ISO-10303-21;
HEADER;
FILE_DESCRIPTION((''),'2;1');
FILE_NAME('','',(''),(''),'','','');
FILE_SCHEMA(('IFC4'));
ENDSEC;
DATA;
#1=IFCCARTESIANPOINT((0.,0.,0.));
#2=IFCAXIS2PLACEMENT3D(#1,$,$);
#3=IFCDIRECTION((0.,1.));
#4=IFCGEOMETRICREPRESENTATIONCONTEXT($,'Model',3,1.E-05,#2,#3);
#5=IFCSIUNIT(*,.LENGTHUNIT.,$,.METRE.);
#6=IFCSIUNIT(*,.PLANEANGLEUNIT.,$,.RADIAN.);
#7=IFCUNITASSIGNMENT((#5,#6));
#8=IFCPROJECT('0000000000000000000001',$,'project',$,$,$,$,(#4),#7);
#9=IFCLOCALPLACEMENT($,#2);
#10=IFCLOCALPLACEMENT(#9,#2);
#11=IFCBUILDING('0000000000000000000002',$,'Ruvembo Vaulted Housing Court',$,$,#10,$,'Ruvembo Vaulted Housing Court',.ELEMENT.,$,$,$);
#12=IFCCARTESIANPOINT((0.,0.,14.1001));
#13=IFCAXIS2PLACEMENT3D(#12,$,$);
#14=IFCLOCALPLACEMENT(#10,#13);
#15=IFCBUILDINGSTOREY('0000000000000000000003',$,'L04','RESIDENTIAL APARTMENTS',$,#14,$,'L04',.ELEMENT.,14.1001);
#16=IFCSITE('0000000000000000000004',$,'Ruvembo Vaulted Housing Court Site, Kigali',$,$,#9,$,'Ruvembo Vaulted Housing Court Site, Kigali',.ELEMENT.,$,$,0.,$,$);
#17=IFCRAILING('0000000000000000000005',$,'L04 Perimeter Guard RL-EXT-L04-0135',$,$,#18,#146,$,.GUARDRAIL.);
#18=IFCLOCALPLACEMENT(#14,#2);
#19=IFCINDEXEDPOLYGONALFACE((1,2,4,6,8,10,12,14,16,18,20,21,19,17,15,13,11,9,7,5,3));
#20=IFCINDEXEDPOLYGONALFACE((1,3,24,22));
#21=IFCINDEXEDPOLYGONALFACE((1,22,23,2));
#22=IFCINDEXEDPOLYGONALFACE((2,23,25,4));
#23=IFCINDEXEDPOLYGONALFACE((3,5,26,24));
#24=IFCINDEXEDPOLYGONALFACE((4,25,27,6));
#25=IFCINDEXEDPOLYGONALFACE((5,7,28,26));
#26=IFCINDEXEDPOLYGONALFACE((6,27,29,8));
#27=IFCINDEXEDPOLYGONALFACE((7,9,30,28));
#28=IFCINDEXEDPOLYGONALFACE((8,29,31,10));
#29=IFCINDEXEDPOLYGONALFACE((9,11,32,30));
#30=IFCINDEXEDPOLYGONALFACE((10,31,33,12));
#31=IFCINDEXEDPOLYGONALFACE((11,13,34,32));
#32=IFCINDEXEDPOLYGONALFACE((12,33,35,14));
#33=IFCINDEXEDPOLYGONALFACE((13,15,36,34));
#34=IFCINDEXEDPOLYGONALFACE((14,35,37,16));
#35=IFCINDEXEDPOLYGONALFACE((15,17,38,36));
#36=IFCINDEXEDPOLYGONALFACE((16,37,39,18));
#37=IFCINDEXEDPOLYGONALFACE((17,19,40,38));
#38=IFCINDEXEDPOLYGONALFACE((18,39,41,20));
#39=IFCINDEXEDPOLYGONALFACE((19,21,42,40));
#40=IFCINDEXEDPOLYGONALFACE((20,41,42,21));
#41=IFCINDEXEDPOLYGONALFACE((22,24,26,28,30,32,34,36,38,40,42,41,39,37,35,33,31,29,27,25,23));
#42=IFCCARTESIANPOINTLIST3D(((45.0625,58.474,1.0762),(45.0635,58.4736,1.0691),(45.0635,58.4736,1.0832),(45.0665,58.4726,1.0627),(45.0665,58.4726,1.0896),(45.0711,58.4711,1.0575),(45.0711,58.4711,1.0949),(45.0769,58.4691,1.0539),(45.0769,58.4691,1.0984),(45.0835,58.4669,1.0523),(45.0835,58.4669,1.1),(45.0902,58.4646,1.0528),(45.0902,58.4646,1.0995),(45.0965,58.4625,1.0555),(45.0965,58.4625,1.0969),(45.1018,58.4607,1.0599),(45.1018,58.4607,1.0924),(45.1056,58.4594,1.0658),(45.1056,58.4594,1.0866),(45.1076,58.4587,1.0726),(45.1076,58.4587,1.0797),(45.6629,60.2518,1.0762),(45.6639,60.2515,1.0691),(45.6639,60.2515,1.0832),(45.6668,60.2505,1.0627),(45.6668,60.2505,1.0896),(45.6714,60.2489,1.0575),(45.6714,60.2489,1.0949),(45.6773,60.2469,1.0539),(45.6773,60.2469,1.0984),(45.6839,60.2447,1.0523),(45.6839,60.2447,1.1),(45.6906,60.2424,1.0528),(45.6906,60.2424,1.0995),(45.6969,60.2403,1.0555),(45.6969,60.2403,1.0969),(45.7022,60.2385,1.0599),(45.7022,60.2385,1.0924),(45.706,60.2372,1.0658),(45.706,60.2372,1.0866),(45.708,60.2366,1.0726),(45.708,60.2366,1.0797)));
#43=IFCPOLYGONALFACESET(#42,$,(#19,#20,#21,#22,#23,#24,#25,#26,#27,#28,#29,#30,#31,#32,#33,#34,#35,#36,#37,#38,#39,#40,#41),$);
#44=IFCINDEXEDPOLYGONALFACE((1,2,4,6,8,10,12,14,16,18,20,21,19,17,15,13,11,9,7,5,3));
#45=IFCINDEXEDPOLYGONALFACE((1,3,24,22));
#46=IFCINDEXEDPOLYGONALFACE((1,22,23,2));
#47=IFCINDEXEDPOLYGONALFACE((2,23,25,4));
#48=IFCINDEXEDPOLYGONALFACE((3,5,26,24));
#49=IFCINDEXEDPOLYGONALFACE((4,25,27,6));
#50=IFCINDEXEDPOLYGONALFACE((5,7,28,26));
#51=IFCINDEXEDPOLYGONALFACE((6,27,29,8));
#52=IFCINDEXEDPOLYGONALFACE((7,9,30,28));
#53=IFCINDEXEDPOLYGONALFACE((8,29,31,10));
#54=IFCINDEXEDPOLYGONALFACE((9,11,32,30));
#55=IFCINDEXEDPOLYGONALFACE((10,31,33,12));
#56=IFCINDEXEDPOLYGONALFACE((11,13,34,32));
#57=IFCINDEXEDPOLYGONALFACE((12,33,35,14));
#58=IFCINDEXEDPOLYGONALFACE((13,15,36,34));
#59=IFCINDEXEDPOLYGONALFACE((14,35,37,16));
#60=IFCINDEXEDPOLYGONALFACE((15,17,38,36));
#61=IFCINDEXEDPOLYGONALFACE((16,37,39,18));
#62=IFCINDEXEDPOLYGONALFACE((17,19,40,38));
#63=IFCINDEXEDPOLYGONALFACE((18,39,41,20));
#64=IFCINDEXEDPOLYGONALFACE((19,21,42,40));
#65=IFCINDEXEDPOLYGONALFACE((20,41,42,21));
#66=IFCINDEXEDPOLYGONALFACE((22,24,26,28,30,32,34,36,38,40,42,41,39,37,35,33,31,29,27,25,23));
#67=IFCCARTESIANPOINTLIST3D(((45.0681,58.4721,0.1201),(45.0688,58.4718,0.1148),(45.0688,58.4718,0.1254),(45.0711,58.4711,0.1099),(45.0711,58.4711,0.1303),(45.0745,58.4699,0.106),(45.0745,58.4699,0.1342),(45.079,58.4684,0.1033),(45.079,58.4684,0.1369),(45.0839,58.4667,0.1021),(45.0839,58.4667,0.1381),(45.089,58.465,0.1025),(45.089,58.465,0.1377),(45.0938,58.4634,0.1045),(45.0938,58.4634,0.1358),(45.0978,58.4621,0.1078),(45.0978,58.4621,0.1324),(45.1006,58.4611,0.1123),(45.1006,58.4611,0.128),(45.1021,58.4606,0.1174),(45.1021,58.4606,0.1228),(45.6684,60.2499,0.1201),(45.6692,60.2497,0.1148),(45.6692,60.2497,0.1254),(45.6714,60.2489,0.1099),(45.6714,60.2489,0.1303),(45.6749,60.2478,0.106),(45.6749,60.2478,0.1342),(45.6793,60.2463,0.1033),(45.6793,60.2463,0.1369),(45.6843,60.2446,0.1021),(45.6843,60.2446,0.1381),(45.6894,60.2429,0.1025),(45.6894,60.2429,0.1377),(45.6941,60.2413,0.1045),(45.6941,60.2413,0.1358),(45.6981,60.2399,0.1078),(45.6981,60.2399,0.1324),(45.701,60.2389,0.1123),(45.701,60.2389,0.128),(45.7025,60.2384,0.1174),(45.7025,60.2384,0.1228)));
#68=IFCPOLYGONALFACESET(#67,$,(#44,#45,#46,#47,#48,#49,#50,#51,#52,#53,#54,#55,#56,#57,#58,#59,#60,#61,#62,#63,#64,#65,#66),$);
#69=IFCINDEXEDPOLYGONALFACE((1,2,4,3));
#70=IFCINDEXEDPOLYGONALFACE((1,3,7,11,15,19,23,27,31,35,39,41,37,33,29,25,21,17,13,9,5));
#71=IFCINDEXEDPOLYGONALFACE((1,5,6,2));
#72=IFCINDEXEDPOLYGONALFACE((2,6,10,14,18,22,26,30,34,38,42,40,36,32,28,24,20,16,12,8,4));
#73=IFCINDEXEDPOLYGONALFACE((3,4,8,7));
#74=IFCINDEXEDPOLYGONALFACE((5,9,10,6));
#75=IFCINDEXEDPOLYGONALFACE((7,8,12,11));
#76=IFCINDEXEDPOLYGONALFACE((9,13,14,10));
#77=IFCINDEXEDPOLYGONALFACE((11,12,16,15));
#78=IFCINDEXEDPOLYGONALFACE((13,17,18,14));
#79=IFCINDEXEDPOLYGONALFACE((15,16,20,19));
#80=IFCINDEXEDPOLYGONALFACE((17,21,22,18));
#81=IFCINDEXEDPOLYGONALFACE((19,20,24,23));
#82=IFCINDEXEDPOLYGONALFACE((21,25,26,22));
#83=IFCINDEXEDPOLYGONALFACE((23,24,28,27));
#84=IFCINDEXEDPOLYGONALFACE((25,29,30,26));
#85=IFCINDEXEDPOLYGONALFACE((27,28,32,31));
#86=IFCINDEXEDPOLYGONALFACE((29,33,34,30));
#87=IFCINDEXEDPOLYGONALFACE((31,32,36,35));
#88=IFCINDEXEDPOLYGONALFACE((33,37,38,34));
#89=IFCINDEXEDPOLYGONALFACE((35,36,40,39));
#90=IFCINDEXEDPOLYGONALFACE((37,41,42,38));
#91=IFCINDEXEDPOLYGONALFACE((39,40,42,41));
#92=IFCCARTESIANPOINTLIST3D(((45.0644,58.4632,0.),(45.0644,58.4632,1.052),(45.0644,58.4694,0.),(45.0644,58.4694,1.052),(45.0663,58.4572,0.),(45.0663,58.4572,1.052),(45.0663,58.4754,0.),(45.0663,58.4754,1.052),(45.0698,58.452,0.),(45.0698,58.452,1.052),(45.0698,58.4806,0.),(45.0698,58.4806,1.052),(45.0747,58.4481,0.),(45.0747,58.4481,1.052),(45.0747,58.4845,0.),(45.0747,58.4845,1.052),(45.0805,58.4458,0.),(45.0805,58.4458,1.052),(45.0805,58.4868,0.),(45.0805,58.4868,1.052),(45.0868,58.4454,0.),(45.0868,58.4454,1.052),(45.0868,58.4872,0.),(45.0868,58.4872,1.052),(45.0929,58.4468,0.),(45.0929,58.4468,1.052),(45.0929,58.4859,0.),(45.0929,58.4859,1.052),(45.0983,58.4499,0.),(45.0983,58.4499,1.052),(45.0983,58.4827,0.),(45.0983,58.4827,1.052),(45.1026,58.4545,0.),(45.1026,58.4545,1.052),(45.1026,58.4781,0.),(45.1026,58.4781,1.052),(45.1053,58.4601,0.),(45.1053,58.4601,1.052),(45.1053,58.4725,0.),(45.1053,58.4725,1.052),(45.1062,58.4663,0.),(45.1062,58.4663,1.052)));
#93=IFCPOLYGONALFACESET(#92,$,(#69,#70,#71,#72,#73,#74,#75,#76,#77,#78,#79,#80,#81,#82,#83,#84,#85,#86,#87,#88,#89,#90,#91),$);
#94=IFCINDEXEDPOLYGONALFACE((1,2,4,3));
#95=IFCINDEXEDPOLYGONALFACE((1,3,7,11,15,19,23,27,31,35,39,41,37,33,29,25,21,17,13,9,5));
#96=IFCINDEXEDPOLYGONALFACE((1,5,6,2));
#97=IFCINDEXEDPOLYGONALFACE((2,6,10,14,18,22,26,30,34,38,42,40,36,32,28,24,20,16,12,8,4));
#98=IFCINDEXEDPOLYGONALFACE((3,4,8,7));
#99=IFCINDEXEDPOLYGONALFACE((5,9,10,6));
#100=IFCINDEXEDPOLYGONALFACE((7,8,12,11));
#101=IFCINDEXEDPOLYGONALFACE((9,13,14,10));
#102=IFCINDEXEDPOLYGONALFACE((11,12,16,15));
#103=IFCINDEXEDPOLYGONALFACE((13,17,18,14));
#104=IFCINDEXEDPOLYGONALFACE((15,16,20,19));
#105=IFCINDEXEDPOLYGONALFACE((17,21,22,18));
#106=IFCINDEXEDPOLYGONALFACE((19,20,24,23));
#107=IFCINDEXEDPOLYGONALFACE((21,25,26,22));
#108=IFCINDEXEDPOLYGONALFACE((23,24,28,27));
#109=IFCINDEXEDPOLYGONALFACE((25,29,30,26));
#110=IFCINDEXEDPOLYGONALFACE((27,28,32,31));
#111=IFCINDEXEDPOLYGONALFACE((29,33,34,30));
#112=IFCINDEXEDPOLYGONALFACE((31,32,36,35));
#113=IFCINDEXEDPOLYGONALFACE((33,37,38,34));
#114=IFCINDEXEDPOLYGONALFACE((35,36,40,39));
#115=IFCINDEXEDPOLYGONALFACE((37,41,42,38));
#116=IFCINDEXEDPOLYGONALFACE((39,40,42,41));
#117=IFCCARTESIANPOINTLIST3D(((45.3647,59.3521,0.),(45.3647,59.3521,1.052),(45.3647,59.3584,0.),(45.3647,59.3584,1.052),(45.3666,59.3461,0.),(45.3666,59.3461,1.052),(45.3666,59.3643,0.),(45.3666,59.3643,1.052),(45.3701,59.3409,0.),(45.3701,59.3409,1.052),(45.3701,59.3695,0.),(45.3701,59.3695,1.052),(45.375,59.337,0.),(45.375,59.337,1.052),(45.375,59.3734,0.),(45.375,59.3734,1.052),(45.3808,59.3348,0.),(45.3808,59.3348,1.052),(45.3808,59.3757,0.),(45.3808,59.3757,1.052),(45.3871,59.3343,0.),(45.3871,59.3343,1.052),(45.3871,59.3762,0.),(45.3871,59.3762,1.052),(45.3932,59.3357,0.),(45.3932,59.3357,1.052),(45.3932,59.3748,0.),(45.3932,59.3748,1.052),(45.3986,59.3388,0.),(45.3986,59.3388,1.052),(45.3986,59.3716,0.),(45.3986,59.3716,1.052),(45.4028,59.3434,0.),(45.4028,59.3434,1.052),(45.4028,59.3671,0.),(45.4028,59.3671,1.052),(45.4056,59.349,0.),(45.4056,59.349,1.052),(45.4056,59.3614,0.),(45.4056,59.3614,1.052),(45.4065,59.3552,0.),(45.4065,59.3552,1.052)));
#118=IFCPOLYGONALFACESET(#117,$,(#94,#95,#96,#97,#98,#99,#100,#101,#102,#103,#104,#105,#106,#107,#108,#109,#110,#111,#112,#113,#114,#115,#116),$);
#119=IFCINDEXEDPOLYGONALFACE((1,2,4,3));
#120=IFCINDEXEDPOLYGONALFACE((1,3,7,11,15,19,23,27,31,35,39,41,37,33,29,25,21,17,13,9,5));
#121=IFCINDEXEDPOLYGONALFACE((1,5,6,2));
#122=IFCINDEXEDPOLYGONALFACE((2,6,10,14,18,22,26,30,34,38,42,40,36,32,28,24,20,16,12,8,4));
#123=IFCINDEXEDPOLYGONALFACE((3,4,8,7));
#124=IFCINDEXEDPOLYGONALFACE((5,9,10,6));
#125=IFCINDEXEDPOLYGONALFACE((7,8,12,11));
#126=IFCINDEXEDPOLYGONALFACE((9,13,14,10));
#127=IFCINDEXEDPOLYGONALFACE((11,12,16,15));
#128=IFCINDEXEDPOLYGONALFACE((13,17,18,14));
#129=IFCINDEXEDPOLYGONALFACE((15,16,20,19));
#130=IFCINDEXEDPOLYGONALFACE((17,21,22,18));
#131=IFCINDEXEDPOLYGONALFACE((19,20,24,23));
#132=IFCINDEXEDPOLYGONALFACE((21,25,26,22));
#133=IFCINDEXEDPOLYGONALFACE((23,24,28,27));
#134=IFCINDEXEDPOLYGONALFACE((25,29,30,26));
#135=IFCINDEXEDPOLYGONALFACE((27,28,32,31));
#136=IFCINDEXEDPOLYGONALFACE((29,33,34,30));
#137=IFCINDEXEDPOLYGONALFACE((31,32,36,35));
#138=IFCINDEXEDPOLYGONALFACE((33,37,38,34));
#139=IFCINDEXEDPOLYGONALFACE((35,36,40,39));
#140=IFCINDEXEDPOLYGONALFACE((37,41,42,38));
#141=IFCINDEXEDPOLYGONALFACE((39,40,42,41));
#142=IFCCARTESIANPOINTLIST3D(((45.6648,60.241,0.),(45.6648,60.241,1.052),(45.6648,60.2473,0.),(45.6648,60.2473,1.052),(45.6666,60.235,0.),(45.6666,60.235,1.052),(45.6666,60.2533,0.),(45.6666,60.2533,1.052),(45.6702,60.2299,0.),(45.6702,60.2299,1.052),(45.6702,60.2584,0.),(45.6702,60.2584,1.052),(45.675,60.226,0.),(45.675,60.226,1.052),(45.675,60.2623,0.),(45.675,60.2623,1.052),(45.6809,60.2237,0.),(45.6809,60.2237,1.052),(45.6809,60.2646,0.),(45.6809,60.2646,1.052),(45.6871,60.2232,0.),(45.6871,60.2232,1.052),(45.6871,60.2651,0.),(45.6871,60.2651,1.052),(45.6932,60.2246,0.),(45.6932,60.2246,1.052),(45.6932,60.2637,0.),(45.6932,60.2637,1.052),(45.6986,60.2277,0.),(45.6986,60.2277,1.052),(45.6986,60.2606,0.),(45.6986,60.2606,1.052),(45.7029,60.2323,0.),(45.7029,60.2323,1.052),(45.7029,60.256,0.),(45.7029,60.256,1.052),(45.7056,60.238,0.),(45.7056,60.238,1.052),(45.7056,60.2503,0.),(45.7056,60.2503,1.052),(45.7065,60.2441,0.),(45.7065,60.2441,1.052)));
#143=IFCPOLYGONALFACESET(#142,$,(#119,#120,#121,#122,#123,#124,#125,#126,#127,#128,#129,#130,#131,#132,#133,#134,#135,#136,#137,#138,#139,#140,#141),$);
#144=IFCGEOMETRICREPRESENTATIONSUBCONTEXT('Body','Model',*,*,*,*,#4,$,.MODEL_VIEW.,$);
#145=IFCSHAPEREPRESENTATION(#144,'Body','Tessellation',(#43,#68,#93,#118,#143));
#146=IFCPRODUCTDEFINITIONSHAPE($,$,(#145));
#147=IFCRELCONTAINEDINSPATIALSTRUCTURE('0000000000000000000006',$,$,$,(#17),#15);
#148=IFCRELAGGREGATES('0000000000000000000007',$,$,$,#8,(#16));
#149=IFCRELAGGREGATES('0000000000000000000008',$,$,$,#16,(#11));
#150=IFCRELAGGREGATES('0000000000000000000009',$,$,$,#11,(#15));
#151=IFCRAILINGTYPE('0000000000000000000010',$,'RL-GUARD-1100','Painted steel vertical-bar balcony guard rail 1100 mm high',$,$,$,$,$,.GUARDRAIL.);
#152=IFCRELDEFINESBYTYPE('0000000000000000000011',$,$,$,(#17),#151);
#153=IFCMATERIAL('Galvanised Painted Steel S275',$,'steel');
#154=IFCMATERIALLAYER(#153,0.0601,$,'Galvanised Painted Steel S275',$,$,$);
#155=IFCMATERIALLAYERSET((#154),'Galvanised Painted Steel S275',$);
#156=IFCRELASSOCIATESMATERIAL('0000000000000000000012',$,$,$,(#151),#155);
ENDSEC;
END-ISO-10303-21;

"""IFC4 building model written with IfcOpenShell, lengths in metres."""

from ifc_helpers import new_model, si_unit, direction, frame, origin, origin_2d, place, context, subcontext, project, spatial, circle, extrude, material, layer, layer_set, type_object, element, save


model = new_model("IFC4")

# Units and contexts
model_context = context("Model", 3, precision=1e-05, world=origin(), true_north=direction((0.0, 1.0)))
body_context = subcontext(model_context, "Body", "Model", "MODEL_VIEW")
ifc_project = project(units=[si_unit("LENGTHUNIT", "METRE"), si_unit("PLANEANGLEUNIT", "RADIAN")], contexts=[model_context])

# Site, building, storey
site_placement = place(None, origin())
site = spatial("IfcSite", under=ifc_project, at=site_placement, Name="Ruvembo Vaulted Housing Court Site, Kigali", LongName="Ruvembo Vaulted Housing Court Site, Kigali", CompositionType="ELEMENT", RefElevation=0.0)
building_placement = place(site_placement, origin())
building = spatial("IfcBuilding", under=site, at=building_placement, Name="Ruvembo Vaulted Housing Court", LongName="Ruvembo Vaulted Housing Court", CompositionType="ELEMENT")
storey_placement = place(building_placement, frame((0.0, 0.0, 14.1001)))
storey = spatial("IfcBuildingStorey", under=building, at=storey_placement, Name="L04", Description="RESIDENTIAL APARTMENTS", LongName="L04", CompositionType="ELEMENT", Elevation=14.1001)

# Railing
ifc_material_1 = material(Name="Galvanised Painted Steel S275", Category="steel")
ifc_layer_1 = layer(ifc_material_1, 0.0601, Name="Galvanised Painted Steel S275")
ifc_layer_set_1 = layer_set([ifc_layer_1], Name="Galvanised Painted Steel S275")
railing_type = type_object("IfcRailingType", Name="RL-GUARD-1100", Description="Painted steel vertical-bar balcony guard rail 1100 mm high", PredefinedType="GUARDRAIL", material=ifc_layer_set_1)
railing_1_placement = place(storey_placement, frame((45.0852, 58.4663, 0.0)))
element("IfcRailing", 1, at=railing_1_placement, inside=storey, type_object=railing_type, Name="L04 Perimeter Guard RL-EXT-L04-0135", PredefinedType="GUARDRAIL", context=body_context, shape_type="SweptSolid", body=[
    extrude(circle(Radius=0.0239, at=origin_2d()), frame((0.0, 0.0, 1.0762), z_axis=(0.319933, 0.94744, 0.0), x_axis=(-0.94744, 0.319933, 0.0)), (0.0, 0.0, 1.0), 1.8765),
    extrude(circle(Radius=0.0181, at=origin_2d()), frame((0.0, 0.0, 0.1201), z_axis=(0.319933, 0.94744, 0.0), x_axis=(-0.94744, 0.319933, 0.0)), (0.0, 0.0, 1.0), 1.8765),
    extrude(circle(Radius=0.021, at=origin_2d()), origin(), (0.0, 0.0, 1.0), 1.052),
    extrude(circle(Radius=0.021, at=origin_2d()), frame((0.3003, 0.8889, 0.0)), (0.0, 0.0, 1.0), 1.052),
    extrude(circle(Radius=0.021, at=origin_2d()), frame((0.6003, 1.7778, 0.0)), (0.0, 0.0, 1.0), 1.052),
])

save(model, "model.ifc")
